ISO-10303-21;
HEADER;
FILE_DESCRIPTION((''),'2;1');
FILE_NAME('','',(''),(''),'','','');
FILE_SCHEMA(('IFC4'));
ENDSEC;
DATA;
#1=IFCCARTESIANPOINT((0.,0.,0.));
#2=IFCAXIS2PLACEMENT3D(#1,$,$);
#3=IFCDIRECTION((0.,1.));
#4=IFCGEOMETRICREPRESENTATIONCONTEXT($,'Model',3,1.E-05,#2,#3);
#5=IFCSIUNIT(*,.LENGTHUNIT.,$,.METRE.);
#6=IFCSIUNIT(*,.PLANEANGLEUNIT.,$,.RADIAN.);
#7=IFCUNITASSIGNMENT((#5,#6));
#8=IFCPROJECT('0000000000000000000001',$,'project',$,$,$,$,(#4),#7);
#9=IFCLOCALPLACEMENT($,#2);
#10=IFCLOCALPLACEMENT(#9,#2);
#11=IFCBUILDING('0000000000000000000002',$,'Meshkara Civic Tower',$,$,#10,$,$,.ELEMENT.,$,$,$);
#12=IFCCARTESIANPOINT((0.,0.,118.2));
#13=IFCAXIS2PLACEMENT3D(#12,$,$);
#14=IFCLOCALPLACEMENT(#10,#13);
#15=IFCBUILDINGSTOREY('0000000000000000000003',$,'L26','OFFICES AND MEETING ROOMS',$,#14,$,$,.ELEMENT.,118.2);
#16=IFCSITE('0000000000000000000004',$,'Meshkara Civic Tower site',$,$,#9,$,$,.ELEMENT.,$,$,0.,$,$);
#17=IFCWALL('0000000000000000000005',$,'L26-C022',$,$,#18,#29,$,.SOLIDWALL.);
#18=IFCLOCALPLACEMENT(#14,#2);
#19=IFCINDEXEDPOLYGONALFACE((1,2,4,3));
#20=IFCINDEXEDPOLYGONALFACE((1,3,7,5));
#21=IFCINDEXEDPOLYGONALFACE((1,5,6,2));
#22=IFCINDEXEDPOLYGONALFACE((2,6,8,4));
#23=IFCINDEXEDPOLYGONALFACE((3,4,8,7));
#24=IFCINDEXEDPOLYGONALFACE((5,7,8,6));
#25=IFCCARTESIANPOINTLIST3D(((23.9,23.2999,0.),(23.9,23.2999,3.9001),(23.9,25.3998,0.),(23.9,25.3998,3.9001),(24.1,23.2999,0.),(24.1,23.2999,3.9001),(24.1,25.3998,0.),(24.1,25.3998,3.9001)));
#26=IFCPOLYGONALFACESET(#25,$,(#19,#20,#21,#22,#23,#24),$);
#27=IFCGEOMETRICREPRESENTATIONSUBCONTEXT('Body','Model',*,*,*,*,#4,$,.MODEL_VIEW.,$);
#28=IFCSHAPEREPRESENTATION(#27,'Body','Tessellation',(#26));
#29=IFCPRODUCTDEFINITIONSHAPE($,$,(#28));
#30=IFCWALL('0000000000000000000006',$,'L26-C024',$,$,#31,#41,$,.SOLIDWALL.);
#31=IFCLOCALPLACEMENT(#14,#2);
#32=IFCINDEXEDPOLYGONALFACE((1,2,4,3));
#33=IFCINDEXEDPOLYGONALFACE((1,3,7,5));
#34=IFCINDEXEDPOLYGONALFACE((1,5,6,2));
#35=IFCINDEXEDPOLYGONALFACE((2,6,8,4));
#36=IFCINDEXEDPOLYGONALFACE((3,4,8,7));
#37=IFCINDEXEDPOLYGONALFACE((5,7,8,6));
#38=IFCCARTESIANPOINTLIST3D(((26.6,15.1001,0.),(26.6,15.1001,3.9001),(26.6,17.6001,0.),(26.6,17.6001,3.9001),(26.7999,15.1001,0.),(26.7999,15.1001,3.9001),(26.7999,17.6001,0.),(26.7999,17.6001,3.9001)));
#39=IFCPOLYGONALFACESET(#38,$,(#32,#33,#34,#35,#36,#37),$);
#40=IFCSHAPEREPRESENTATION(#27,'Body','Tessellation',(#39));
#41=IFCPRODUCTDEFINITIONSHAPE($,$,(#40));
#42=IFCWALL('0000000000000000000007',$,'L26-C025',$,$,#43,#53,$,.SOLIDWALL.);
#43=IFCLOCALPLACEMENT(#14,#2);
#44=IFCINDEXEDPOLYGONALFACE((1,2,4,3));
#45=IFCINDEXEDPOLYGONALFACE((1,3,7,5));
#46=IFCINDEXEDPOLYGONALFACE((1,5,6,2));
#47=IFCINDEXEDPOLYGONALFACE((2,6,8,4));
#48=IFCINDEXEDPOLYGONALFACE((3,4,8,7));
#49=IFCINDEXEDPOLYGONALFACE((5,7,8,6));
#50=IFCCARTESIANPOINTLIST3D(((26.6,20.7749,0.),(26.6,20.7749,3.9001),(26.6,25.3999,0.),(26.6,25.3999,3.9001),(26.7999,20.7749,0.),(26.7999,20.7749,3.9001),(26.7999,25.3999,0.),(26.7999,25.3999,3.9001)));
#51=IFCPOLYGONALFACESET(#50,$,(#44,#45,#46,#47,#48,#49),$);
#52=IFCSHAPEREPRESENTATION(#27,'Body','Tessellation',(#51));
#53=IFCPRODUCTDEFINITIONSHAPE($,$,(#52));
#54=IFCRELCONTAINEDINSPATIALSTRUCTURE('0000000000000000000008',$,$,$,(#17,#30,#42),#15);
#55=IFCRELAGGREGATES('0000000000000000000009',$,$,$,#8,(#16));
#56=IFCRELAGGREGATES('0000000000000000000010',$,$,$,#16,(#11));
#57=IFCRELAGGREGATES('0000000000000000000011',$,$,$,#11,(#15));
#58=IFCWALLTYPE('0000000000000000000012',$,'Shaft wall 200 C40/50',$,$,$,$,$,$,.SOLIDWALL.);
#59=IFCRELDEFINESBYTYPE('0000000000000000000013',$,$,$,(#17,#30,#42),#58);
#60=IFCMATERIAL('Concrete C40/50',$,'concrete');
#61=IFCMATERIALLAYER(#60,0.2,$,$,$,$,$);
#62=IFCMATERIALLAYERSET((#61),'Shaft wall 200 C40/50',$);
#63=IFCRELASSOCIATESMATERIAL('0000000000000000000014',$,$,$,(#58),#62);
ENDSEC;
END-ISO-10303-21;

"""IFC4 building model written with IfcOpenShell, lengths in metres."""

from ifc_helpers import new_model, si_unit, direction, frame, frame_2d, origin, place, context, subcontext, project, spatial, rectangle, extrude, material, layer, layer_set, type_object, element, save


model = new_model("IFC4")

# Units and contexts
model_context = context("Model", 3, precision=1e-05, world=origin(), true_north=direction((0.0, 1.0)))
body_context = subcontext(model_context, "Body", "Model", "MODEL_VIEW")
ifc_project = project(units=[si_unit("LENGTHUNIT", "METRE"), si_unit("PLANEANGLEUNIT", "RADIAN")], contexts=[model_context])

# Site, building, storey
site_placement = place(None, origin())
site = spatial("IfcSite", under=ifc_project, at=site_placement, Name="Meshkara Civic Tower site", CompositionType="ELEMENT", RefElevation=0.0)
building_placement = place(site_placement, origin())
building = spatial("IfcBuilding", under=site, at=building_placement, Name="Meshkara Civic Tower", CompositionType="ELEMENT")
storey_placement = place(building_placement, frame((0.0, 0.0, 118.2)))
storey = spatial("IfcBuildingStorey", under=building, at=storey_placement, Name="L26", Description="OFFICES AND MEETING ROOMS", CompositionType="ELEMENT", Elevation=118.2)

# Shared definitions
ifc_material_1 = material(Name="Concrete C40/50", Category="concrete")
ifc_layer_1 = layer(ifc_material_1, 0.2)
ifc_layer_set_1 = layer_set([ifc_layer_1], Name="Shaft wall 200 C40/50")
wall_type_1 = type_object("IfcWallType", Name="Shaft wall 200 C40/50", PredefinedType="SOLIDWALL", material=ifc_layer_set_1)

# Walls
wall_1_placement = place(storey_placement, frame((24.0, 23.3, 0.0), z_axis=(0.0, 0.0, 1.0), x_axis=(0.0, 1.0, 0.0)))
element("IfcWall", 1, at=wall_1_placement, inside=storey, type_object=wall_type_1, Name="L26-C022", PredefinedType="SOLIDWALL", context=body_context, shape_type="SweptSolid", body=[
    extrude(rectangle(XDim=2.0999, YDim=0.2, at=frame_2d((1.0498, 0.0))), origin(), (0.0, 0.0, 1.0), 3.9001),
])
wall_2_placement = place(storey_placement, frame((26.7, 15.1001, 0.0), z_axis=(0.0, 0.0, 1.0), x_axis=(0.0, 1.0, 0.0)))
element("IfcWall", 2, at=wall_2_placement, inside=storey, type_object=wall_type_1, Name="L26-C024", PredefinedType="SOLIDWALL", context=body_context, shape_type="SweptSolid", body=[
    extrude(rectangle(XDim=2.5, YDim=0.2, at=frame_2d((1.25, 0.0))), origin(), (0.0, 0.0, 1.0), 3.9001),
])
wall_3_placement = place(storey_placement, frame((26.7, 20.7749, 0.0), z_axis=(0.0, 0.0, 1.0), x_axis=(0.0, 1.0, 0.0)))
element("IfcWall", 3, at=wall_3_placement, inside=storey, type_object=wall_type_1, Name="L26-C025", PredefinedType="SOLIDWALL", context=body_context, shape_type="SweptSolid", body=[
    extrude(rectangle(XDim=4.625, YDim=0.2, at=frame_2d((2.3125, 0.0))), origin(), (0.0, 0.0, 1.0), 3.9001),
])

save(model, "model.ifc")
